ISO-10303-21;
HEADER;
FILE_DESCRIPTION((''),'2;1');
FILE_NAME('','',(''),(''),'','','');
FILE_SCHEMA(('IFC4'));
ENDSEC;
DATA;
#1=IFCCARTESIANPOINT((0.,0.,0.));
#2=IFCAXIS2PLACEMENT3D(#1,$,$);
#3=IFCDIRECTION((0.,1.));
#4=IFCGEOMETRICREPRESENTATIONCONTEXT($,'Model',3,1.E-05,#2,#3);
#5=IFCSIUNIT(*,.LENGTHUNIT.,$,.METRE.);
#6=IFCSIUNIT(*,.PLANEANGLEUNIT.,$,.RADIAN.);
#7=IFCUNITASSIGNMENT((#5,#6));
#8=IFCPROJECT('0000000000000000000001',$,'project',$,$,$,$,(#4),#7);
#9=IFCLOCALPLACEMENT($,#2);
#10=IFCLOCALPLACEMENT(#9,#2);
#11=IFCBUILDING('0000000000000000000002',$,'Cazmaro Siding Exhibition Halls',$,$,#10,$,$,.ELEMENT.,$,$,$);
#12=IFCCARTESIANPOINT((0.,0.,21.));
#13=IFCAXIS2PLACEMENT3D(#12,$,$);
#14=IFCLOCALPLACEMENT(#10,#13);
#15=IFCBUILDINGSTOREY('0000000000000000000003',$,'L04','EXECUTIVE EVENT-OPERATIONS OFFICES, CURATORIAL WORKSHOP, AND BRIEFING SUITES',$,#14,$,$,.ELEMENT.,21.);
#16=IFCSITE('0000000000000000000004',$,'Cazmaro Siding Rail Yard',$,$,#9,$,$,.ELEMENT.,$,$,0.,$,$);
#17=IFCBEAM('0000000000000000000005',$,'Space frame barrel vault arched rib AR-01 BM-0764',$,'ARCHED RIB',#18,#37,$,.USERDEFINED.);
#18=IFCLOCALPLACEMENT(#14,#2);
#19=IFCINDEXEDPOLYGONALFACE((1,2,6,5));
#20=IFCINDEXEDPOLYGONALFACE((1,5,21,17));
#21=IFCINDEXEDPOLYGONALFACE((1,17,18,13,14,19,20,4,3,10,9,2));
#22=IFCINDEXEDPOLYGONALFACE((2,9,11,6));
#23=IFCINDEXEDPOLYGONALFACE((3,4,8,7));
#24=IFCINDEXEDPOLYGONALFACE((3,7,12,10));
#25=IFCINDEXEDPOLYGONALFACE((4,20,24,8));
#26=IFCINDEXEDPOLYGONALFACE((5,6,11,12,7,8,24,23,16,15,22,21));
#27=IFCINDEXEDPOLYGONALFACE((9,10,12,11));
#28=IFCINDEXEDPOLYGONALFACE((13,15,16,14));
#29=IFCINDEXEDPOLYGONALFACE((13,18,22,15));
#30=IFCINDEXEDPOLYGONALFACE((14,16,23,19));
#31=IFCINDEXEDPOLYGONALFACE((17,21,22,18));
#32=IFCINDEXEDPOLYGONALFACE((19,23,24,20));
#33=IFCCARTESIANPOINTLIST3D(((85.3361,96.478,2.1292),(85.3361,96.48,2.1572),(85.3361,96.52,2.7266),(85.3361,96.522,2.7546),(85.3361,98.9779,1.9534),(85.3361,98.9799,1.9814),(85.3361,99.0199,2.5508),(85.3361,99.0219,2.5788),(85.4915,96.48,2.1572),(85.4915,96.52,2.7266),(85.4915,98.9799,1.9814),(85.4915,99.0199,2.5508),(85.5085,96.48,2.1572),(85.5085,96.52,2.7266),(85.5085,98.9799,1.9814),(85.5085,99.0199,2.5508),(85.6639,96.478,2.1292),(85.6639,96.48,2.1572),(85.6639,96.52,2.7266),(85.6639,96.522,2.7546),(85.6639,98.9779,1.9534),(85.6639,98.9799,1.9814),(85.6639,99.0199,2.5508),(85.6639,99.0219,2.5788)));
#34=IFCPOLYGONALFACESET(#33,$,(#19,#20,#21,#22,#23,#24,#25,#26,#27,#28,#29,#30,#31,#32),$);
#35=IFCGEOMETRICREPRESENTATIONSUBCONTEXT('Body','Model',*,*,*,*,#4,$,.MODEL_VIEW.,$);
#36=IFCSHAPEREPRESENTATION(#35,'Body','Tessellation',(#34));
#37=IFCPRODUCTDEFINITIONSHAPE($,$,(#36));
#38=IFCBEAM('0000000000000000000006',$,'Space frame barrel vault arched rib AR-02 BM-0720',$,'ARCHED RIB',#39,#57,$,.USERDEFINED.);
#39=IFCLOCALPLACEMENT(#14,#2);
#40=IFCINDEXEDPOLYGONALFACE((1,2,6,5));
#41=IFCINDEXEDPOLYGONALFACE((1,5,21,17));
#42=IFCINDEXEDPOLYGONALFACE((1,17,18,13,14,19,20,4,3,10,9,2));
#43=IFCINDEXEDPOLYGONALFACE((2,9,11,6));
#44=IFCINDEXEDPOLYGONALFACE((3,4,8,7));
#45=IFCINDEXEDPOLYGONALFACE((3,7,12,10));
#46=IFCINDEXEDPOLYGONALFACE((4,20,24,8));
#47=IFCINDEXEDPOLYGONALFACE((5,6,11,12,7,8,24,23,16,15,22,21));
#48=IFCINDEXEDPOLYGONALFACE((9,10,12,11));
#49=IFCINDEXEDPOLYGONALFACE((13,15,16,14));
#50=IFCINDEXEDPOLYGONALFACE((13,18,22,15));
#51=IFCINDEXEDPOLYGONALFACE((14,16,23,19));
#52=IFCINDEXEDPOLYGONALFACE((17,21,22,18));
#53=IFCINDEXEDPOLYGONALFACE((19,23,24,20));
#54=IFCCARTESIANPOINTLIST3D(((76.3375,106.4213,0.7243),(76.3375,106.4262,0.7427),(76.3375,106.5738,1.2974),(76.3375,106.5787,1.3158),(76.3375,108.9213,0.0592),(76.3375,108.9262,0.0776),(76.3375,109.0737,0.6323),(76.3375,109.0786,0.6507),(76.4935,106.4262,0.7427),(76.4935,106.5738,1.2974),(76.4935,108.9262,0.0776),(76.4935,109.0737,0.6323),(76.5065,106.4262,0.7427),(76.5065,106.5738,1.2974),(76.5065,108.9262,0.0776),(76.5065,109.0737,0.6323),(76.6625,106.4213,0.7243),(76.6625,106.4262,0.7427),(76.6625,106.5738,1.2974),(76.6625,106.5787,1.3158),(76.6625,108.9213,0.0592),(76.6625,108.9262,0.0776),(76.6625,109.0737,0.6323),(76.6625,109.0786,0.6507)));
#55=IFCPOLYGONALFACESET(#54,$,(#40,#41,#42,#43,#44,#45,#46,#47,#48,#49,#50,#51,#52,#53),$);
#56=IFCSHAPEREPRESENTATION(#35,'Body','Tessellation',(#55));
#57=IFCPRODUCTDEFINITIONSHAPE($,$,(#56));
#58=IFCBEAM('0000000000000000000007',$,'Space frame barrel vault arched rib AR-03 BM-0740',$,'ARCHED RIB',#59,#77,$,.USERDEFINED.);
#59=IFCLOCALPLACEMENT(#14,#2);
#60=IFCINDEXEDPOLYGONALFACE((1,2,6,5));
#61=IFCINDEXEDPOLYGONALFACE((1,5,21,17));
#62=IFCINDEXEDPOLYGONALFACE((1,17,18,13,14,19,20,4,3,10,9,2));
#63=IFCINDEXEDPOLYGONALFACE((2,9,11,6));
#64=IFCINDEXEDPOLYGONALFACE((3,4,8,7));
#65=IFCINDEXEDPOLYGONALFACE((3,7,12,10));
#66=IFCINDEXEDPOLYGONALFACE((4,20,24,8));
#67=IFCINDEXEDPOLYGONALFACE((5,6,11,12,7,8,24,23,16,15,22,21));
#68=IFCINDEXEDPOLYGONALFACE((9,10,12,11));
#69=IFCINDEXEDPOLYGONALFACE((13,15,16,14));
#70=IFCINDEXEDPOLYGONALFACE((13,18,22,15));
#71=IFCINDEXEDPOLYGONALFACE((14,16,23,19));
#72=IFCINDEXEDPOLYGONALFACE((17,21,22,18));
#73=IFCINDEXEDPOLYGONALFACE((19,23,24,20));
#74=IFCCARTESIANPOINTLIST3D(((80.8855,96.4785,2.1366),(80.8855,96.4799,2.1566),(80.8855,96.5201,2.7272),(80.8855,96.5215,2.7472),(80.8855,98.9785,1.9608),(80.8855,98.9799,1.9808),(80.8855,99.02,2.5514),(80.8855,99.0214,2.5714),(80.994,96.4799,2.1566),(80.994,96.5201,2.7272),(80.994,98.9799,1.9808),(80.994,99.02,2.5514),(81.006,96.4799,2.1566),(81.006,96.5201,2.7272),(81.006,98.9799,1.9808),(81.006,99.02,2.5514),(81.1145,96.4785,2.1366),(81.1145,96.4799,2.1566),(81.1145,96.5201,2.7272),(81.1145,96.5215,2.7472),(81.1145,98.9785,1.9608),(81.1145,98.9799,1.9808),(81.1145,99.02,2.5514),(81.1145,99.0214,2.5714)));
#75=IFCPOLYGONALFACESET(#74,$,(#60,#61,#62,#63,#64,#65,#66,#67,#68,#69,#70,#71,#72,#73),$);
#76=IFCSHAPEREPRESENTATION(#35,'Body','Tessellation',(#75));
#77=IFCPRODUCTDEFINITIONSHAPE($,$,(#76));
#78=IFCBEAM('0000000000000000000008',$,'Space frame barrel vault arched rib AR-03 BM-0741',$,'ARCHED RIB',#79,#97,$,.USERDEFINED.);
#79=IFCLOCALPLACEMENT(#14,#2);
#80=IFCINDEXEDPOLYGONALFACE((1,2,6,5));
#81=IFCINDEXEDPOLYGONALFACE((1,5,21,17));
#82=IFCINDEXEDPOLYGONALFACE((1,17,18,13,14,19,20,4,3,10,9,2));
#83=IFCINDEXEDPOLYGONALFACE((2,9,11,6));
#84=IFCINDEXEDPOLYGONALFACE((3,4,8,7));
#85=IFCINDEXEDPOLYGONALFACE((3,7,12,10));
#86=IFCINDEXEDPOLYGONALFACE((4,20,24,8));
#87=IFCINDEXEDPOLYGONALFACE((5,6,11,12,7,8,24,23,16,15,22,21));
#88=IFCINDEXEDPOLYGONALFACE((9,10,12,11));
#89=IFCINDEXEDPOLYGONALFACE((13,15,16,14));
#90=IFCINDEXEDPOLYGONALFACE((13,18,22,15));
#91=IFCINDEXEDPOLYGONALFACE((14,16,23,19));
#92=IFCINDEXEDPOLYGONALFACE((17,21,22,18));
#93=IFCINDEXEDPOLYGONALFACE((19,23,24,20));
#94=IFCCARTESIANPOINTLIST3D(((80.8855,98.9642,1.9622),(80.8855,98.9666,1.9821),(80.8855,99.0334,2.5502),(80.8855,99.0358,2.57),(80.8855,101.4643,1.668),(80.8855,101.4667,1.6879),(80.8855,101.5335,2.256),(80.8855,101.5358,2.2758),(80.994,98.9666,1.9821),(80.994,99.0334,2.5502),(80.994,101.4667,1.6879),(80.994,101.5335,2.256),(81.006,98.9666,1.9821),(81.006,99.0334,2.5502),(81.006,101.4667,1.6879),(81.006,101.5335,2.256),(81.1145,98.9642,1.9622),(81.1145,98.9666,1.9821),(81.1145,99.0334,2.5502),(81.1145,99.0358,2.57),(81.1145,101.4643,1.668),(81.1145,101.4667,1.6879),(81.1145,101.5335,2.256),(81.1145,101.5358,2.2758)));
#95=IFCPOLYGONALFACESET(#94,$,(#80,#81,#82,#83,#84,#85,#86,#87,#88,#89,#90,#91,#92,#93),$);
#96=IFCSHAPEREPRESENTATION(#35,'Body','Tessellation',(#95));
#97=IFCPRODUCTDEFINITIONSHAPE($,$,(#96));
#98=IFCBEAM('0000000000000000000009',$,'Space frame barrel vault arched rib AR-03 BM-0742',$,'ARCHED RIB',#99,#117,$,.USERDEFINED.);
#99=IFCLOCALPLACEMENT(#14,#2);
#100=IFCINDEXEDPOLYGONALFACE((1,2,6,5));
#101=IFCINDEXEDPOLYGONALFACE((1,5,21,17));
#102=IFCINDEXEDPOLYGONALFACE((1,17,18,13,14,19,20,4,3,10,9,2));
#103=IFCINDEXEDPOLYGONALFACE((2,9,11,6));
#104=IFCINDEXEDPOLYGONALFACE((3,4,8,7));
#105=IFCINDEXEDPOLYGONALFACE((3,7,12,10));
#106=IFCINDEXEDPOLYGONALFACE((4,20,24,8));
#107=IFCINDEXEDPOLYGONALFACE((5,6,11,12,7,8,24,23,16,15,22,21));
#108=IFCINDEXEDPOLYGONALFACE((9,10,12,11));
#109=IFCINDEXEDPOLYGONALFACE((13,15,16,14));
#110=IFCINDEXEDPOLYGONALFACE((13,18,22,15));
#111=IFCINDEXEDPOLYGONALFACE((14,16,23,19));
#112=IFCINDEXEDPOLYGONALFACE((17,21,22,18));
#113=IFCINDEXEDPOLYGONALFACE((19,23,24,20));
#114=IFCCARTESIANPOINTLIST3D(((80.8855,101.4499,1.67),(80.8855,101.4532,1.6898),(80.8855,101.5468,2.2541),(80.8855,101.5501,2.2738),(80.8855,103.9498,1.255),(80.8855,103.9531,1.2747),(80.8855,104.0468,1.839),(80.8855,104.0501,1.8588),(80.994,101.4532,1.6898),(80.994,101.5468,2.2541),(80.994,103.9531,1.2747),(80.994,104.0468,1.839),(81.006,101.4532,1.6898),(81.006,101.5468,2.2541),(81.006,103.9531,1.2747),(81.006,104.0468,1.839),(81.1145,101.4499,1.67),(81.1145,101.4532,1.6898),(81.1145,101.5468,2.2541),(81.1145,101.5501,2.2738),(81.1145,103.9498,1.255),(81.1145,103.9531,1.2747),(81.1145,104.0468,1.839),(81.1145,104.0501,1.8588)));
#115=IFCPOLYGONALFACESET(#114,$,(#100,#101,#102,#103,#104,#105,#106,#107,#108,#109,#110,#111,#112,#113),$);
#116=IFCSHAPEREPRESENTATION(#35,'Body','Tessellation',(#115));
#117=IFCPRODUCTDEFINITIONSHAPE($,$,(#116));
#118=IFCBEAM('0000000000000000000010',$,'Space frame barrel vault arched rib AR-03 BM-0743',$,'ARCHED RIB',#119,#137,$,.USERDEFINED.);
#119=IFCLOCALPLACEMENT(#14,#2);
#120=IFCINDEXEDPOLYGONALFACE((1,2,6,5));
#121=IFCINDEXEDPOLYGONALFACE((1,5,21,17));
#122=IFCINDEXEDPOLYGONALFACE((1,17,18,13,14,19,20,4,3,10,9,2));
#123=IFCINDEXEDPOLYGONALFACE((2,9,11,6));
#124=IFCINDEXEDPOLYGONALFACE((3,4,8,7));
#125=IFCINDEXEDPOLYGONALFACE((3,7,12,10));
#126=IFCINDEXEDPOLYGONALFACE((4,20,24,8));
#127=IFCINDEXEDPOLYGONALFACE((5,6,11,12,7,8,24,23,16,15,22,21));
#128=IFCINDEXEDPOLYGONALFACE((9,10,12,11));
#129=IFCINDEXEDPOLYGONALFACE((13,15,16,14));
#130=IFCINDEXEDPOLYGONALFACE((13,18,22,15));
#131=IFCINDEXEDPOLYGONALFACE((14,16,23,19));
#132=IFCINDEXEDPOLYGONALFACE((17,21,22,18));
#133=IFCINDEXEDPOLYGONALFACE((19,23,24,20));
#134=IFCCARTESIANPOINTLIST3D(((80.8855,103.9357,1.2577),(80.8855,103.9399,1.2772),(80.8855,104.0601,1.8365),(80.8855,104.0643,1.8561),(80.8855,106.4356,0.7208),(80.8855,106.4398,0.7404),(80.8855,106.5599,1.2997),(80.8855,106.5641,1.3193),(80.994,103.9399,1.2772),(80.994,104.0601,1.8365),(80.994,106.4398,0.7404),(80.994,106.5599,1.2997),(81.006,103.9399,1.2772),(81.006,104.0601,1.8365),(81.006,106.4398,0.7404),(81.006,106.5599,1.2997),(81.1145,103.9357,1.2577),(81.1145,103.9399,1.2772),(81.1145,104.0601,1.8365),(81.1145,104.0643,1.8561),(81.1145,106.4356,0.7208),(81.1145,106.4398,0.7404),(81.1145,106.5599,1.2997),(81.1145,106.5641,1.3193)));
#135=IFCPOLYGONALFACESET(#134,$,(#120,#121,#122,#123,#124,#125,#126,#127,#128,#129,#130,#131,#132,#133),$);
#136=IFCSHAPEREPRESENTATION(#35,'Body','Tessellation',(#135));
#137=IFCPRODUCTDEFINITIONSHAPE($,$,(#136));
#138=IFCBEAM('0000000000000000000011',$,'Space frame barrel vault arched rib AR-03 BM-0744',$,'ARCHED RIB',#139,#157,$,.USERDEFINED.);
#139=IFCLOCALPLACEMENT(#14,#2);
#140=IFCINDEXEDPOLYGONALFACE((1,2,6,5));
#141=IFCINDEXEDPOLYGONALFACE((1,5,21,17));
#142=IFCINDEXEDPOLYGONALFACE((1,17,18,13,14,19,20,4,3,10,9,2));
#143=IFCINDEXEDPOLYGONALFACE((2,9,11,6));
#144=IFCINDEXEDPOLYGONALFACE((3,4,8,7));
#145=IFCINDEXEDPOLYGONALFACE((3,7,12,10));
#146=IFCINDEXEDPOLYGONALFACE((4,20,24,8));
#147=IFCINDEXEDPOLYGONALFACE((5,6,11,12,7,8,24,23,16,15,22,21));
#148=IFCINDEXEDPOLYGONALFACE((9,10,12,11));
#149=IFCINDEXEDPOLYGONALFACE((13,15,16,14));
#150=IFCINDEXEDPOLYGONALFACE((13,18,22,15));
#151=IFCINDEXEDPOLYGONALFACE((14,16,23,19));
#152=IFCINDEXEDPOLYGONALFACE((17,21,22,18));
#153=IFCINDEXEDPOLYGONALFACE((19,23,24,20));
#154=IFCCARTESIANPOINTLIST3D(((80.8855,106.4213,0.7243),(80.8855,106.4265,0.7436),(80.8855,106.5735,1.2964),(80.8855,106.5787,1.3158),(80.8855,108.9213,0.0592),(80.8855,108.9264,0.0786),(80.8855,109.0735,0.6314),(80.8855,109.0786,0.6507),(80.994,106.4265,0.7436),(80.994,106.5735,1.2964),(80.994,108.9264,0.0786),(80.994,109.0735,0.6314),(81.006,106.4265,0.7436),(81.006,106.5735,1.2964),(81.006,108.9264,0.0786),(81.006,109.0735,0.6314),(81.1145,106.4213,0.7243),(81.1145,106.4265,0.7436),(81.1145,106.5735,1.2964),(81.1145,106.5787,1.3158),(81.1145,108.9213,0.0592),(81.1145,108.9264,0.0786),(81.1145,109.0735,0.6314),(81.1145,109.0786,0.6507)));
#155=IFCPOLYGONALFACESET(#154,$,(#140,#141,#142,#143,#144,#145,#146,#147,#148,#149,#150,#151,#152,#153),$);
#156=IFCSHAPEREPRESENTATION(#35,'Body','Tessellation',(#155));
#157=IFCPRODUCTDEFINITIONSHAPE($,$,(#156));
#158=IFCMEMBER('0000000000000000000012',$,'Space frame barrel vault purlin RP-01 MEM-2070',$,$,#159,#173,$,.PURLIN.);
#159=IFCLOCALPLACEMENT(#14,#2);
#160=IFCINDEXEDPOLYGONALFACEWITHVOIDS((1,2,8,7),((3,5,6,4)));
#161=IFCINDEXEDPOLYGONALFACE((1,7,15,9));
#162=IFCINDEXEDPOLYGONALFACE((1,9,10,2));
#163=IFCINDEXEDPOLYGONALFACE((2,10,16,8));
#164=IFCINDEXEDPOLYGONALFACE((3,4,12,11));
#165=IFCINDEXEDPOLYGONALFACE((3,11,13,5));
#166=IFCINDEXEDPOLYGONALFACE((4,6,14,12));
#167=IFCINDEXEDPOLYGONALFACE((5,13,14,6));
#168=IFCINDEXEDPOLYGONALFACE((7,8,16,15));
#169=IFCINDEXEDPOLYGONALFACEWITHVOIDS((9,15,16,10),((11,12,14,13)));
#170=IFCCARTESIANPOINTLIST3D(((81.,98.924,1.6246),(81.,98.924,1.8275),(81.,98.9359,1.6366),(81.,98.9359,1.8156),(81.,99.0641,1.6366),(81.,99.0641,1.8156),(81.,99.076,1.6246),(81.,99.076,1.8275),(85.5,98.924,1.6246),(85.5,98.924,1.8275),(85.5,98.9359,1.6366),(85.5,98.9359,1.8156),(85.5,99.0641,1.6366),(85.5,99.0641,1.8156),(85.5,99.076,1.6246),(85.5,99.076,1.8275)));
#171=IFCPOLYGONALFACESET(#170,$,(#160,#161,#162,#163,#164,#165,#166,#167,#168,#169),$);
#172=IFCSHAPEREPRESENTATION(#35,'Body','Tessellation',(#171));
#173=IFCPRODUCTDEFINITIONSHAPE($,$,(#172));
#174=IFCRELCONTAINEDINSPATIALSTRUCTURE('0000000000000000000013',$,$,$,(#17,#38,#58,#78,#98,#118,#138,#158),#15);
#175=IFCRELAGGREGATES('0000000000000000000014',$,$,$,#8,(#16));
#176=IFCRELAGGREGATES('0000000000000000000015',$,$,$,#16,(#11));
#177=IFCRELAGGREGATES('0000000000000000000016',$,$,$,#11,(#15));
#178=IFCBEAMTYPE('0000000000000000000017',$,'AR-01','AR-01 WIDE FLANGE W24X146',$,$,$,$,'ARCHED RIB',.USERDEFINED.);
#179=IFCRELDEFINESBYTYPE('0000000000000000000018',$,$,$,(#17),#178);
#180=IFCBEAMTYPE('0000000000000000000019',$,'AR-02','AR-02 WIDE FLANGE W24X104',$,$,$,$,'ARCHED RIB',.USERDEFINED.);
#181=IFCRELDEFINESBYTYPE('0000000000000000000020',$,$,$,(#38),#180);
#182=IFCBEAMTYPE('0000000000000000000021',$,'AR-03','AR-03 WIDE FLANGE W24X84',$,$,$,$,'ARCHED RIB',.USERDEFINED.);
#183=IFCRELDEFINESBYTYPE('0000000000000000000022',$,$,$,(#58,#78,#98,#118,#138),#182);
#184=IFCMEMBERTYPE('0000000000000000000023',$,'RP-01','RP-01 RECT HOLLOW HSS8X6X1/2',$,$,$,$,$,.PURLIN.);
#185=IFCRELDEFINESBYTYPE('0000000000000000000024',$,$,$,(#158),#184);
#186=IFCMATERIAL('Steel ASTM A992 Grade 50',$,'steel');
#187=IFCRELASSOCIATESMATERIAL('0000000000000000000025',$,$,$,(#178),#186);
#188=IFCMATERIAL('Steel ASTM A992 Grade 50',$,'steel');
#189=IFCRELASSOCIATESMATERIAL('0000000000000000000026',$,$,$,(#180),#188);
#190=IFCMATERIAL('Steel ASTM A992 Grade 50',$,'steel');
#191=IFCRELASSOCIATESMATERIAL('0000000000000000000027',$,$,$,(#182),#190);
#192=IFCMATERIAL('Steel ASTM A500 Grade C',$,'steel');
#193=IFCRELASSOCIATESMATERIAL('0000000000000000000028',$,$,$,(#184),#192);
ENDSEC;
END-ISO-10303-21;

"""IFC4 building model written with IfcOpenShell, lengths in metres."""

from ifc_helpers import new_model, si_unit, direction, frame, origin, origin_2d, place, context, subcontext, project, spatial, hollow_rectangle, i_section, extrude, material, material_profile, profile_set, type_object, element, save


model = new_model("IFC4")

# Units and contexts
model_context = context("Model", 3, precision=1e-05, world=origin(), true_north=direction((0.0, 1.0)))
body_context = subcontext(model_context, "Body", "Model", "MODEL_VIEW")
ifc_project = project(units=[si_unit("LENGTHUNIT", "METRE"), si_unit("PLANEANGLEUNIT", "RADIAN")], contexts=[model_context])

# Site, building, storey
site_placement = place(None, origin())
site = spatial("IfcSite", under=ifc_project, at=site_placement, Name="Cazmaro Siding Rail Yard", CompositionType="ELEMENT", RefElevation=0.0)
building_placement = place(site_placement, origin())
building = spatial("IfcBuilding", under=site, at=building_placement, Name="Cazmaro Siding Exhibition Halls", CompositionType="ELEMENT")
storey_placement = place(building_placement, frame((0.0, 0.0, 21.0)))
storey = spatial("IfcBuildingStorey", under=building, at=storey_placement, Name="L04", Description="EXECUTIVE EVENT-OPERATIONS OFFICES, CURATORIAL WORKSHOP, AND BRIEFING SUITES", CompositionType="ELEMENT", Elevation=21.0)

# Beams
ifc_material_1 = material(Name="Steel ASTM A992 Grade 50", Category="steel")
ifc_material_profile_1 = material_profile(ifc_material_1, i_section(OverallWidth=0.3279, OverallDepth=0.627, WebThickness=0.0171, FlangeThickness=0.0281, at=origin_2d()), Name="W24X146")
ifc_profile_set_1 = profile_set([ifc_material_profile_1], Name="Steel ASTM A992 Grade 50")
beam_type_1 = type_object("IfcBeamType", Name="AR-01", Description="AR-01 WIDE FLANGE W24X146", ElementType="ARCHED RIB", PredefinedType="USERDEFINED", material=ifc_profile_set_1)
beam_1_placement = place(storey_placement, frame((85.5, 96.5, 2.4419), z_axis=(0.0, 0.997537, -0.070139), x_axis=(-1.0, 0.0, 0.0)))
element("IfcBeam", 1, at=beam_1_placement, inside=storey, type_object=beam_type_1, Name="Space frame barrel vault arched rib AR-01 BM-0764", ObjectType="ARCHED RIB", PredefinedType="USERDEFINED", context=body_context, shape_type="SweptSolid", body=[
    extrude(i_section(OverallWidth=0.3279, OverallDepth=0.627, WebThickness=0.0171, FlangeThickness=0.0281, at=origin_2d()), origin(), (0.0, 0.0, 1.0), 2.5061),
])
ifc_material_2 = material(Name="Steel ASTM A992 Grade 50", Category="steel")
ifc_material_profile_2 = material_profile(ifc_material_2, i_section(OverallWidth=0.325, OverallDepth=0.6121, WebThickness=0.0129, FlangeThickness=0.019, at=origin_2d()), Name="W24X104")
ifc_profile_set_2 = profile_set([ifc_material_profile_2], Name="Steel ASTM A992 Grade 50")
beam_type_2 = type_object("IfcBeamType", Name="AR-02", Description="AR-02 WIDE FLANGE W24X104", ElementType="ARCHED RIB", PredefinedType="USERDEFINED", material=ifc_profile_set_2)
beam_2_placement = place(storey_placement, frame((76.5, 106.5, 1.02), z_axis=(0.0, 0.966391, -0.257075), x_axis=(-1.0, 0.0, 0.0)))
element("IfcBeam", 2, at=beam_2_placement, inside=storey, type_object=beam_type_2, Name="Space frame barrel vault arched rib AR-02 BM-0720", ObjectType="ARCHED RIB", PredefinedType="USERDEFINED", context=body_context, shape_type="SweptSolid", body=[
    extrude(i_section(OverallWidth=0.325, OverallDepth=0.6121, WebThickness=0.0129, FlangeThickness=0.019, at=origin_2d()), origin(), (0.0, 0.0, 1.0), 2.5869),
])
ifc_material_3 = material(Name="Steel ASTM A992 Grade 50", Category="steel")
ifc_material_profile_3 = material_profile(ifc_material_3, i_section(OverallWidth=0.229, OverallDepth=0.6121, WebThickness=0.012, FlangeThickness=0.02, at=origin_2d()), Name="W24X84")
ifc_profile_set_3 = profile_set([ifc_material_profile_3], Name="Steel ASTM A992 Grade 50")
beam_type_3 = type_object("IfcBeamType", Name="AR-03", Description="AR-03 WIDE FLANGE W24X84", ElementType="ARCHED RIB", PredefinedType="USERDEFINED", material=ifc_profile_set_3)
beam_3_placement = place(storey_placement, frame((81.0, 96.5, 2.4419), z_axis=(0.0, 0.997537, -0.070139), x_axis=(-1.0, 0.0, 0.0)))
element("IfcBeam", 3, at=beam_3_placement, inside=storey, type_object=beam_type_3, Name="Space frame barrel vault arched rib AR-03 BM-0740", ObjectType="ARCHED RIB", PredefinedType="USERDEFINED", context=body_context, shape_type="SweptSolid", body=[
    extrude(i_section(OverallWidth=0.229, OverallDepth=0.6121, WebThickness=0.012, FlangeThickness=0.02, at=origin_2d()), origin(), (0.0, 0.0, 1.0), 2.5061),
])
beam_4_placement = place(storey_placement, frame((81.0, 99.0, 2.2661), z_axis=(0.0, 0.993147, -0.116869), x_axis=(-1.0, 0.0, 0.0)))
element("IfcBeam", 4, at=beam_4_placement, inside=storey, type_object=beam_type_3, Name="Space frame barrel vault arched rib AR-03 BM-0741", ObjectType="ARCHED RIB", PredefinedType="USERDEFINED", context=body_context, shape_type="SweptSolid", body=[
    extrude(i_section(OverallWidth=0.229, OverallDepth=0.6121, WebThickness=0.012, FlangeThickness=0.02, at=origin_2d()), origin(), (0.0, 0.0, 1.0), 2.5173),
])
beam_5_placement = place(storey_placement, frame((81.0, 101.5, 1.9719), z_axis=(0.0, 0.986498, -0.163774), x_axis=(-1.0, 0.0, 0.0)))
element("IfcBeam", 5, at=beam_5_placement, inside=storey, type_object=beam_type_3, Name="Space frame barrel vault arched rib AR-03 BM-0742", ObjectType="ARCHED RIB", PredefinedType="USERDEFINED", context=body_context, shape_type="SweptSolid", body=[
    extrude(i_section(OverallWidth=0.229, OverallDepth=0.6121, WebThickness=0.012, FlangeThickness=0.02, at=origin_2d()), origin(), (0.0, 0.0, 1.0), 2.5342),
])
beam_6_placement = place(storey_placement, frame((81.0, 104.0, 1.5569), z_axis=(0.0, 0.97771, -0.209959), x_axis=(-1.0, 0.0, 0.0)))
element("IfcBeam", 6, at=beam_6_placement, inside=storey, type_object=beam_type_3, Name="Space frame barrel vault arched rib AR-03 BM-0743", ObjectType="ARCHED RIB", PredefinedType="USERDEFINED", context=body_context, shape_type="SweptSolid", body=[
    extrude(i_section(OverallWidth=0.229, OverallDepth=0.6121, WebThickness=0.012, FlangeThickness=0.02, at=origin_2d()), origin(), (0.0, 0.0, 1.0), 2.5569),
])
beam_7_placement = place(storey_placement, frame((81.0, 106.5, 1.02), z_axis=(0.0, 0.966391, -0.257075), x_axis=(-1.0, 0.0, 0.0)))
element("IfcBeam", 7, at=beam_7_placement, inside=storey, type_object=beam_type_3, Name="Space frame barrel vault arched rib AR-03 BM-0744", ObjectType="ARCHED RIB", PredefinedType="USERDEFINED", context=body_context, shape_type="SweptSolid", body=[
    extrude(i_section(OverallWidth=0.229, OverallDepth=0.6121, WebThickness=0.012, FlangeThickness=0.02, at=origin_2d()), origin(), (0.0, 0.0, 1.0), 2.5869),
])

# Member
ifc_material_4 = material(Name="Steel ASTM A500 Grade C", Category="steel")
ifc_material_profile_4 = material_profile(ifc_material_4, hollow_rectangle(XDim=0.1521, YDim=0.2029, WallThickness=0.012, at=origin_2d()), Name="HSS8X6X1/2")
ifc_profile_set_4 = profile_set([ifc_material_profile_4], Name="Steel ASTM A500 Grade C")
member_type_1 = type_object("IfcMemberType", Name="RP-01", Description="RP-01 RECT HOLLOW HSS8X6X1/2", PredefinedType="PURLIN", material=ifc_profile_set_4)
member_1_placement = place(storey_placement, frame((81.0, 99.0, 1.7261), z_axis=(1.0, 0.0, 0.0), x_axis=(0.0, 1.0, 0.0)))
element("IfcMember", 8, at=member_1_placement, inside=storey, type_object=member_type_1, Name="Space frame barrel vault purlin RP-01 MEM-2070", PredefinedType="PURLIN", context=body_context, shape_type="SweptSolid", body=[
    extrude(hollow_rectangle(XDim=0.1521, YDim=0.2029, WallThickness=0.012, at=origin_2d()), origin(), (0.0, 0.0, 1.0), 4.5),
])

save(model, "model.ifc")
